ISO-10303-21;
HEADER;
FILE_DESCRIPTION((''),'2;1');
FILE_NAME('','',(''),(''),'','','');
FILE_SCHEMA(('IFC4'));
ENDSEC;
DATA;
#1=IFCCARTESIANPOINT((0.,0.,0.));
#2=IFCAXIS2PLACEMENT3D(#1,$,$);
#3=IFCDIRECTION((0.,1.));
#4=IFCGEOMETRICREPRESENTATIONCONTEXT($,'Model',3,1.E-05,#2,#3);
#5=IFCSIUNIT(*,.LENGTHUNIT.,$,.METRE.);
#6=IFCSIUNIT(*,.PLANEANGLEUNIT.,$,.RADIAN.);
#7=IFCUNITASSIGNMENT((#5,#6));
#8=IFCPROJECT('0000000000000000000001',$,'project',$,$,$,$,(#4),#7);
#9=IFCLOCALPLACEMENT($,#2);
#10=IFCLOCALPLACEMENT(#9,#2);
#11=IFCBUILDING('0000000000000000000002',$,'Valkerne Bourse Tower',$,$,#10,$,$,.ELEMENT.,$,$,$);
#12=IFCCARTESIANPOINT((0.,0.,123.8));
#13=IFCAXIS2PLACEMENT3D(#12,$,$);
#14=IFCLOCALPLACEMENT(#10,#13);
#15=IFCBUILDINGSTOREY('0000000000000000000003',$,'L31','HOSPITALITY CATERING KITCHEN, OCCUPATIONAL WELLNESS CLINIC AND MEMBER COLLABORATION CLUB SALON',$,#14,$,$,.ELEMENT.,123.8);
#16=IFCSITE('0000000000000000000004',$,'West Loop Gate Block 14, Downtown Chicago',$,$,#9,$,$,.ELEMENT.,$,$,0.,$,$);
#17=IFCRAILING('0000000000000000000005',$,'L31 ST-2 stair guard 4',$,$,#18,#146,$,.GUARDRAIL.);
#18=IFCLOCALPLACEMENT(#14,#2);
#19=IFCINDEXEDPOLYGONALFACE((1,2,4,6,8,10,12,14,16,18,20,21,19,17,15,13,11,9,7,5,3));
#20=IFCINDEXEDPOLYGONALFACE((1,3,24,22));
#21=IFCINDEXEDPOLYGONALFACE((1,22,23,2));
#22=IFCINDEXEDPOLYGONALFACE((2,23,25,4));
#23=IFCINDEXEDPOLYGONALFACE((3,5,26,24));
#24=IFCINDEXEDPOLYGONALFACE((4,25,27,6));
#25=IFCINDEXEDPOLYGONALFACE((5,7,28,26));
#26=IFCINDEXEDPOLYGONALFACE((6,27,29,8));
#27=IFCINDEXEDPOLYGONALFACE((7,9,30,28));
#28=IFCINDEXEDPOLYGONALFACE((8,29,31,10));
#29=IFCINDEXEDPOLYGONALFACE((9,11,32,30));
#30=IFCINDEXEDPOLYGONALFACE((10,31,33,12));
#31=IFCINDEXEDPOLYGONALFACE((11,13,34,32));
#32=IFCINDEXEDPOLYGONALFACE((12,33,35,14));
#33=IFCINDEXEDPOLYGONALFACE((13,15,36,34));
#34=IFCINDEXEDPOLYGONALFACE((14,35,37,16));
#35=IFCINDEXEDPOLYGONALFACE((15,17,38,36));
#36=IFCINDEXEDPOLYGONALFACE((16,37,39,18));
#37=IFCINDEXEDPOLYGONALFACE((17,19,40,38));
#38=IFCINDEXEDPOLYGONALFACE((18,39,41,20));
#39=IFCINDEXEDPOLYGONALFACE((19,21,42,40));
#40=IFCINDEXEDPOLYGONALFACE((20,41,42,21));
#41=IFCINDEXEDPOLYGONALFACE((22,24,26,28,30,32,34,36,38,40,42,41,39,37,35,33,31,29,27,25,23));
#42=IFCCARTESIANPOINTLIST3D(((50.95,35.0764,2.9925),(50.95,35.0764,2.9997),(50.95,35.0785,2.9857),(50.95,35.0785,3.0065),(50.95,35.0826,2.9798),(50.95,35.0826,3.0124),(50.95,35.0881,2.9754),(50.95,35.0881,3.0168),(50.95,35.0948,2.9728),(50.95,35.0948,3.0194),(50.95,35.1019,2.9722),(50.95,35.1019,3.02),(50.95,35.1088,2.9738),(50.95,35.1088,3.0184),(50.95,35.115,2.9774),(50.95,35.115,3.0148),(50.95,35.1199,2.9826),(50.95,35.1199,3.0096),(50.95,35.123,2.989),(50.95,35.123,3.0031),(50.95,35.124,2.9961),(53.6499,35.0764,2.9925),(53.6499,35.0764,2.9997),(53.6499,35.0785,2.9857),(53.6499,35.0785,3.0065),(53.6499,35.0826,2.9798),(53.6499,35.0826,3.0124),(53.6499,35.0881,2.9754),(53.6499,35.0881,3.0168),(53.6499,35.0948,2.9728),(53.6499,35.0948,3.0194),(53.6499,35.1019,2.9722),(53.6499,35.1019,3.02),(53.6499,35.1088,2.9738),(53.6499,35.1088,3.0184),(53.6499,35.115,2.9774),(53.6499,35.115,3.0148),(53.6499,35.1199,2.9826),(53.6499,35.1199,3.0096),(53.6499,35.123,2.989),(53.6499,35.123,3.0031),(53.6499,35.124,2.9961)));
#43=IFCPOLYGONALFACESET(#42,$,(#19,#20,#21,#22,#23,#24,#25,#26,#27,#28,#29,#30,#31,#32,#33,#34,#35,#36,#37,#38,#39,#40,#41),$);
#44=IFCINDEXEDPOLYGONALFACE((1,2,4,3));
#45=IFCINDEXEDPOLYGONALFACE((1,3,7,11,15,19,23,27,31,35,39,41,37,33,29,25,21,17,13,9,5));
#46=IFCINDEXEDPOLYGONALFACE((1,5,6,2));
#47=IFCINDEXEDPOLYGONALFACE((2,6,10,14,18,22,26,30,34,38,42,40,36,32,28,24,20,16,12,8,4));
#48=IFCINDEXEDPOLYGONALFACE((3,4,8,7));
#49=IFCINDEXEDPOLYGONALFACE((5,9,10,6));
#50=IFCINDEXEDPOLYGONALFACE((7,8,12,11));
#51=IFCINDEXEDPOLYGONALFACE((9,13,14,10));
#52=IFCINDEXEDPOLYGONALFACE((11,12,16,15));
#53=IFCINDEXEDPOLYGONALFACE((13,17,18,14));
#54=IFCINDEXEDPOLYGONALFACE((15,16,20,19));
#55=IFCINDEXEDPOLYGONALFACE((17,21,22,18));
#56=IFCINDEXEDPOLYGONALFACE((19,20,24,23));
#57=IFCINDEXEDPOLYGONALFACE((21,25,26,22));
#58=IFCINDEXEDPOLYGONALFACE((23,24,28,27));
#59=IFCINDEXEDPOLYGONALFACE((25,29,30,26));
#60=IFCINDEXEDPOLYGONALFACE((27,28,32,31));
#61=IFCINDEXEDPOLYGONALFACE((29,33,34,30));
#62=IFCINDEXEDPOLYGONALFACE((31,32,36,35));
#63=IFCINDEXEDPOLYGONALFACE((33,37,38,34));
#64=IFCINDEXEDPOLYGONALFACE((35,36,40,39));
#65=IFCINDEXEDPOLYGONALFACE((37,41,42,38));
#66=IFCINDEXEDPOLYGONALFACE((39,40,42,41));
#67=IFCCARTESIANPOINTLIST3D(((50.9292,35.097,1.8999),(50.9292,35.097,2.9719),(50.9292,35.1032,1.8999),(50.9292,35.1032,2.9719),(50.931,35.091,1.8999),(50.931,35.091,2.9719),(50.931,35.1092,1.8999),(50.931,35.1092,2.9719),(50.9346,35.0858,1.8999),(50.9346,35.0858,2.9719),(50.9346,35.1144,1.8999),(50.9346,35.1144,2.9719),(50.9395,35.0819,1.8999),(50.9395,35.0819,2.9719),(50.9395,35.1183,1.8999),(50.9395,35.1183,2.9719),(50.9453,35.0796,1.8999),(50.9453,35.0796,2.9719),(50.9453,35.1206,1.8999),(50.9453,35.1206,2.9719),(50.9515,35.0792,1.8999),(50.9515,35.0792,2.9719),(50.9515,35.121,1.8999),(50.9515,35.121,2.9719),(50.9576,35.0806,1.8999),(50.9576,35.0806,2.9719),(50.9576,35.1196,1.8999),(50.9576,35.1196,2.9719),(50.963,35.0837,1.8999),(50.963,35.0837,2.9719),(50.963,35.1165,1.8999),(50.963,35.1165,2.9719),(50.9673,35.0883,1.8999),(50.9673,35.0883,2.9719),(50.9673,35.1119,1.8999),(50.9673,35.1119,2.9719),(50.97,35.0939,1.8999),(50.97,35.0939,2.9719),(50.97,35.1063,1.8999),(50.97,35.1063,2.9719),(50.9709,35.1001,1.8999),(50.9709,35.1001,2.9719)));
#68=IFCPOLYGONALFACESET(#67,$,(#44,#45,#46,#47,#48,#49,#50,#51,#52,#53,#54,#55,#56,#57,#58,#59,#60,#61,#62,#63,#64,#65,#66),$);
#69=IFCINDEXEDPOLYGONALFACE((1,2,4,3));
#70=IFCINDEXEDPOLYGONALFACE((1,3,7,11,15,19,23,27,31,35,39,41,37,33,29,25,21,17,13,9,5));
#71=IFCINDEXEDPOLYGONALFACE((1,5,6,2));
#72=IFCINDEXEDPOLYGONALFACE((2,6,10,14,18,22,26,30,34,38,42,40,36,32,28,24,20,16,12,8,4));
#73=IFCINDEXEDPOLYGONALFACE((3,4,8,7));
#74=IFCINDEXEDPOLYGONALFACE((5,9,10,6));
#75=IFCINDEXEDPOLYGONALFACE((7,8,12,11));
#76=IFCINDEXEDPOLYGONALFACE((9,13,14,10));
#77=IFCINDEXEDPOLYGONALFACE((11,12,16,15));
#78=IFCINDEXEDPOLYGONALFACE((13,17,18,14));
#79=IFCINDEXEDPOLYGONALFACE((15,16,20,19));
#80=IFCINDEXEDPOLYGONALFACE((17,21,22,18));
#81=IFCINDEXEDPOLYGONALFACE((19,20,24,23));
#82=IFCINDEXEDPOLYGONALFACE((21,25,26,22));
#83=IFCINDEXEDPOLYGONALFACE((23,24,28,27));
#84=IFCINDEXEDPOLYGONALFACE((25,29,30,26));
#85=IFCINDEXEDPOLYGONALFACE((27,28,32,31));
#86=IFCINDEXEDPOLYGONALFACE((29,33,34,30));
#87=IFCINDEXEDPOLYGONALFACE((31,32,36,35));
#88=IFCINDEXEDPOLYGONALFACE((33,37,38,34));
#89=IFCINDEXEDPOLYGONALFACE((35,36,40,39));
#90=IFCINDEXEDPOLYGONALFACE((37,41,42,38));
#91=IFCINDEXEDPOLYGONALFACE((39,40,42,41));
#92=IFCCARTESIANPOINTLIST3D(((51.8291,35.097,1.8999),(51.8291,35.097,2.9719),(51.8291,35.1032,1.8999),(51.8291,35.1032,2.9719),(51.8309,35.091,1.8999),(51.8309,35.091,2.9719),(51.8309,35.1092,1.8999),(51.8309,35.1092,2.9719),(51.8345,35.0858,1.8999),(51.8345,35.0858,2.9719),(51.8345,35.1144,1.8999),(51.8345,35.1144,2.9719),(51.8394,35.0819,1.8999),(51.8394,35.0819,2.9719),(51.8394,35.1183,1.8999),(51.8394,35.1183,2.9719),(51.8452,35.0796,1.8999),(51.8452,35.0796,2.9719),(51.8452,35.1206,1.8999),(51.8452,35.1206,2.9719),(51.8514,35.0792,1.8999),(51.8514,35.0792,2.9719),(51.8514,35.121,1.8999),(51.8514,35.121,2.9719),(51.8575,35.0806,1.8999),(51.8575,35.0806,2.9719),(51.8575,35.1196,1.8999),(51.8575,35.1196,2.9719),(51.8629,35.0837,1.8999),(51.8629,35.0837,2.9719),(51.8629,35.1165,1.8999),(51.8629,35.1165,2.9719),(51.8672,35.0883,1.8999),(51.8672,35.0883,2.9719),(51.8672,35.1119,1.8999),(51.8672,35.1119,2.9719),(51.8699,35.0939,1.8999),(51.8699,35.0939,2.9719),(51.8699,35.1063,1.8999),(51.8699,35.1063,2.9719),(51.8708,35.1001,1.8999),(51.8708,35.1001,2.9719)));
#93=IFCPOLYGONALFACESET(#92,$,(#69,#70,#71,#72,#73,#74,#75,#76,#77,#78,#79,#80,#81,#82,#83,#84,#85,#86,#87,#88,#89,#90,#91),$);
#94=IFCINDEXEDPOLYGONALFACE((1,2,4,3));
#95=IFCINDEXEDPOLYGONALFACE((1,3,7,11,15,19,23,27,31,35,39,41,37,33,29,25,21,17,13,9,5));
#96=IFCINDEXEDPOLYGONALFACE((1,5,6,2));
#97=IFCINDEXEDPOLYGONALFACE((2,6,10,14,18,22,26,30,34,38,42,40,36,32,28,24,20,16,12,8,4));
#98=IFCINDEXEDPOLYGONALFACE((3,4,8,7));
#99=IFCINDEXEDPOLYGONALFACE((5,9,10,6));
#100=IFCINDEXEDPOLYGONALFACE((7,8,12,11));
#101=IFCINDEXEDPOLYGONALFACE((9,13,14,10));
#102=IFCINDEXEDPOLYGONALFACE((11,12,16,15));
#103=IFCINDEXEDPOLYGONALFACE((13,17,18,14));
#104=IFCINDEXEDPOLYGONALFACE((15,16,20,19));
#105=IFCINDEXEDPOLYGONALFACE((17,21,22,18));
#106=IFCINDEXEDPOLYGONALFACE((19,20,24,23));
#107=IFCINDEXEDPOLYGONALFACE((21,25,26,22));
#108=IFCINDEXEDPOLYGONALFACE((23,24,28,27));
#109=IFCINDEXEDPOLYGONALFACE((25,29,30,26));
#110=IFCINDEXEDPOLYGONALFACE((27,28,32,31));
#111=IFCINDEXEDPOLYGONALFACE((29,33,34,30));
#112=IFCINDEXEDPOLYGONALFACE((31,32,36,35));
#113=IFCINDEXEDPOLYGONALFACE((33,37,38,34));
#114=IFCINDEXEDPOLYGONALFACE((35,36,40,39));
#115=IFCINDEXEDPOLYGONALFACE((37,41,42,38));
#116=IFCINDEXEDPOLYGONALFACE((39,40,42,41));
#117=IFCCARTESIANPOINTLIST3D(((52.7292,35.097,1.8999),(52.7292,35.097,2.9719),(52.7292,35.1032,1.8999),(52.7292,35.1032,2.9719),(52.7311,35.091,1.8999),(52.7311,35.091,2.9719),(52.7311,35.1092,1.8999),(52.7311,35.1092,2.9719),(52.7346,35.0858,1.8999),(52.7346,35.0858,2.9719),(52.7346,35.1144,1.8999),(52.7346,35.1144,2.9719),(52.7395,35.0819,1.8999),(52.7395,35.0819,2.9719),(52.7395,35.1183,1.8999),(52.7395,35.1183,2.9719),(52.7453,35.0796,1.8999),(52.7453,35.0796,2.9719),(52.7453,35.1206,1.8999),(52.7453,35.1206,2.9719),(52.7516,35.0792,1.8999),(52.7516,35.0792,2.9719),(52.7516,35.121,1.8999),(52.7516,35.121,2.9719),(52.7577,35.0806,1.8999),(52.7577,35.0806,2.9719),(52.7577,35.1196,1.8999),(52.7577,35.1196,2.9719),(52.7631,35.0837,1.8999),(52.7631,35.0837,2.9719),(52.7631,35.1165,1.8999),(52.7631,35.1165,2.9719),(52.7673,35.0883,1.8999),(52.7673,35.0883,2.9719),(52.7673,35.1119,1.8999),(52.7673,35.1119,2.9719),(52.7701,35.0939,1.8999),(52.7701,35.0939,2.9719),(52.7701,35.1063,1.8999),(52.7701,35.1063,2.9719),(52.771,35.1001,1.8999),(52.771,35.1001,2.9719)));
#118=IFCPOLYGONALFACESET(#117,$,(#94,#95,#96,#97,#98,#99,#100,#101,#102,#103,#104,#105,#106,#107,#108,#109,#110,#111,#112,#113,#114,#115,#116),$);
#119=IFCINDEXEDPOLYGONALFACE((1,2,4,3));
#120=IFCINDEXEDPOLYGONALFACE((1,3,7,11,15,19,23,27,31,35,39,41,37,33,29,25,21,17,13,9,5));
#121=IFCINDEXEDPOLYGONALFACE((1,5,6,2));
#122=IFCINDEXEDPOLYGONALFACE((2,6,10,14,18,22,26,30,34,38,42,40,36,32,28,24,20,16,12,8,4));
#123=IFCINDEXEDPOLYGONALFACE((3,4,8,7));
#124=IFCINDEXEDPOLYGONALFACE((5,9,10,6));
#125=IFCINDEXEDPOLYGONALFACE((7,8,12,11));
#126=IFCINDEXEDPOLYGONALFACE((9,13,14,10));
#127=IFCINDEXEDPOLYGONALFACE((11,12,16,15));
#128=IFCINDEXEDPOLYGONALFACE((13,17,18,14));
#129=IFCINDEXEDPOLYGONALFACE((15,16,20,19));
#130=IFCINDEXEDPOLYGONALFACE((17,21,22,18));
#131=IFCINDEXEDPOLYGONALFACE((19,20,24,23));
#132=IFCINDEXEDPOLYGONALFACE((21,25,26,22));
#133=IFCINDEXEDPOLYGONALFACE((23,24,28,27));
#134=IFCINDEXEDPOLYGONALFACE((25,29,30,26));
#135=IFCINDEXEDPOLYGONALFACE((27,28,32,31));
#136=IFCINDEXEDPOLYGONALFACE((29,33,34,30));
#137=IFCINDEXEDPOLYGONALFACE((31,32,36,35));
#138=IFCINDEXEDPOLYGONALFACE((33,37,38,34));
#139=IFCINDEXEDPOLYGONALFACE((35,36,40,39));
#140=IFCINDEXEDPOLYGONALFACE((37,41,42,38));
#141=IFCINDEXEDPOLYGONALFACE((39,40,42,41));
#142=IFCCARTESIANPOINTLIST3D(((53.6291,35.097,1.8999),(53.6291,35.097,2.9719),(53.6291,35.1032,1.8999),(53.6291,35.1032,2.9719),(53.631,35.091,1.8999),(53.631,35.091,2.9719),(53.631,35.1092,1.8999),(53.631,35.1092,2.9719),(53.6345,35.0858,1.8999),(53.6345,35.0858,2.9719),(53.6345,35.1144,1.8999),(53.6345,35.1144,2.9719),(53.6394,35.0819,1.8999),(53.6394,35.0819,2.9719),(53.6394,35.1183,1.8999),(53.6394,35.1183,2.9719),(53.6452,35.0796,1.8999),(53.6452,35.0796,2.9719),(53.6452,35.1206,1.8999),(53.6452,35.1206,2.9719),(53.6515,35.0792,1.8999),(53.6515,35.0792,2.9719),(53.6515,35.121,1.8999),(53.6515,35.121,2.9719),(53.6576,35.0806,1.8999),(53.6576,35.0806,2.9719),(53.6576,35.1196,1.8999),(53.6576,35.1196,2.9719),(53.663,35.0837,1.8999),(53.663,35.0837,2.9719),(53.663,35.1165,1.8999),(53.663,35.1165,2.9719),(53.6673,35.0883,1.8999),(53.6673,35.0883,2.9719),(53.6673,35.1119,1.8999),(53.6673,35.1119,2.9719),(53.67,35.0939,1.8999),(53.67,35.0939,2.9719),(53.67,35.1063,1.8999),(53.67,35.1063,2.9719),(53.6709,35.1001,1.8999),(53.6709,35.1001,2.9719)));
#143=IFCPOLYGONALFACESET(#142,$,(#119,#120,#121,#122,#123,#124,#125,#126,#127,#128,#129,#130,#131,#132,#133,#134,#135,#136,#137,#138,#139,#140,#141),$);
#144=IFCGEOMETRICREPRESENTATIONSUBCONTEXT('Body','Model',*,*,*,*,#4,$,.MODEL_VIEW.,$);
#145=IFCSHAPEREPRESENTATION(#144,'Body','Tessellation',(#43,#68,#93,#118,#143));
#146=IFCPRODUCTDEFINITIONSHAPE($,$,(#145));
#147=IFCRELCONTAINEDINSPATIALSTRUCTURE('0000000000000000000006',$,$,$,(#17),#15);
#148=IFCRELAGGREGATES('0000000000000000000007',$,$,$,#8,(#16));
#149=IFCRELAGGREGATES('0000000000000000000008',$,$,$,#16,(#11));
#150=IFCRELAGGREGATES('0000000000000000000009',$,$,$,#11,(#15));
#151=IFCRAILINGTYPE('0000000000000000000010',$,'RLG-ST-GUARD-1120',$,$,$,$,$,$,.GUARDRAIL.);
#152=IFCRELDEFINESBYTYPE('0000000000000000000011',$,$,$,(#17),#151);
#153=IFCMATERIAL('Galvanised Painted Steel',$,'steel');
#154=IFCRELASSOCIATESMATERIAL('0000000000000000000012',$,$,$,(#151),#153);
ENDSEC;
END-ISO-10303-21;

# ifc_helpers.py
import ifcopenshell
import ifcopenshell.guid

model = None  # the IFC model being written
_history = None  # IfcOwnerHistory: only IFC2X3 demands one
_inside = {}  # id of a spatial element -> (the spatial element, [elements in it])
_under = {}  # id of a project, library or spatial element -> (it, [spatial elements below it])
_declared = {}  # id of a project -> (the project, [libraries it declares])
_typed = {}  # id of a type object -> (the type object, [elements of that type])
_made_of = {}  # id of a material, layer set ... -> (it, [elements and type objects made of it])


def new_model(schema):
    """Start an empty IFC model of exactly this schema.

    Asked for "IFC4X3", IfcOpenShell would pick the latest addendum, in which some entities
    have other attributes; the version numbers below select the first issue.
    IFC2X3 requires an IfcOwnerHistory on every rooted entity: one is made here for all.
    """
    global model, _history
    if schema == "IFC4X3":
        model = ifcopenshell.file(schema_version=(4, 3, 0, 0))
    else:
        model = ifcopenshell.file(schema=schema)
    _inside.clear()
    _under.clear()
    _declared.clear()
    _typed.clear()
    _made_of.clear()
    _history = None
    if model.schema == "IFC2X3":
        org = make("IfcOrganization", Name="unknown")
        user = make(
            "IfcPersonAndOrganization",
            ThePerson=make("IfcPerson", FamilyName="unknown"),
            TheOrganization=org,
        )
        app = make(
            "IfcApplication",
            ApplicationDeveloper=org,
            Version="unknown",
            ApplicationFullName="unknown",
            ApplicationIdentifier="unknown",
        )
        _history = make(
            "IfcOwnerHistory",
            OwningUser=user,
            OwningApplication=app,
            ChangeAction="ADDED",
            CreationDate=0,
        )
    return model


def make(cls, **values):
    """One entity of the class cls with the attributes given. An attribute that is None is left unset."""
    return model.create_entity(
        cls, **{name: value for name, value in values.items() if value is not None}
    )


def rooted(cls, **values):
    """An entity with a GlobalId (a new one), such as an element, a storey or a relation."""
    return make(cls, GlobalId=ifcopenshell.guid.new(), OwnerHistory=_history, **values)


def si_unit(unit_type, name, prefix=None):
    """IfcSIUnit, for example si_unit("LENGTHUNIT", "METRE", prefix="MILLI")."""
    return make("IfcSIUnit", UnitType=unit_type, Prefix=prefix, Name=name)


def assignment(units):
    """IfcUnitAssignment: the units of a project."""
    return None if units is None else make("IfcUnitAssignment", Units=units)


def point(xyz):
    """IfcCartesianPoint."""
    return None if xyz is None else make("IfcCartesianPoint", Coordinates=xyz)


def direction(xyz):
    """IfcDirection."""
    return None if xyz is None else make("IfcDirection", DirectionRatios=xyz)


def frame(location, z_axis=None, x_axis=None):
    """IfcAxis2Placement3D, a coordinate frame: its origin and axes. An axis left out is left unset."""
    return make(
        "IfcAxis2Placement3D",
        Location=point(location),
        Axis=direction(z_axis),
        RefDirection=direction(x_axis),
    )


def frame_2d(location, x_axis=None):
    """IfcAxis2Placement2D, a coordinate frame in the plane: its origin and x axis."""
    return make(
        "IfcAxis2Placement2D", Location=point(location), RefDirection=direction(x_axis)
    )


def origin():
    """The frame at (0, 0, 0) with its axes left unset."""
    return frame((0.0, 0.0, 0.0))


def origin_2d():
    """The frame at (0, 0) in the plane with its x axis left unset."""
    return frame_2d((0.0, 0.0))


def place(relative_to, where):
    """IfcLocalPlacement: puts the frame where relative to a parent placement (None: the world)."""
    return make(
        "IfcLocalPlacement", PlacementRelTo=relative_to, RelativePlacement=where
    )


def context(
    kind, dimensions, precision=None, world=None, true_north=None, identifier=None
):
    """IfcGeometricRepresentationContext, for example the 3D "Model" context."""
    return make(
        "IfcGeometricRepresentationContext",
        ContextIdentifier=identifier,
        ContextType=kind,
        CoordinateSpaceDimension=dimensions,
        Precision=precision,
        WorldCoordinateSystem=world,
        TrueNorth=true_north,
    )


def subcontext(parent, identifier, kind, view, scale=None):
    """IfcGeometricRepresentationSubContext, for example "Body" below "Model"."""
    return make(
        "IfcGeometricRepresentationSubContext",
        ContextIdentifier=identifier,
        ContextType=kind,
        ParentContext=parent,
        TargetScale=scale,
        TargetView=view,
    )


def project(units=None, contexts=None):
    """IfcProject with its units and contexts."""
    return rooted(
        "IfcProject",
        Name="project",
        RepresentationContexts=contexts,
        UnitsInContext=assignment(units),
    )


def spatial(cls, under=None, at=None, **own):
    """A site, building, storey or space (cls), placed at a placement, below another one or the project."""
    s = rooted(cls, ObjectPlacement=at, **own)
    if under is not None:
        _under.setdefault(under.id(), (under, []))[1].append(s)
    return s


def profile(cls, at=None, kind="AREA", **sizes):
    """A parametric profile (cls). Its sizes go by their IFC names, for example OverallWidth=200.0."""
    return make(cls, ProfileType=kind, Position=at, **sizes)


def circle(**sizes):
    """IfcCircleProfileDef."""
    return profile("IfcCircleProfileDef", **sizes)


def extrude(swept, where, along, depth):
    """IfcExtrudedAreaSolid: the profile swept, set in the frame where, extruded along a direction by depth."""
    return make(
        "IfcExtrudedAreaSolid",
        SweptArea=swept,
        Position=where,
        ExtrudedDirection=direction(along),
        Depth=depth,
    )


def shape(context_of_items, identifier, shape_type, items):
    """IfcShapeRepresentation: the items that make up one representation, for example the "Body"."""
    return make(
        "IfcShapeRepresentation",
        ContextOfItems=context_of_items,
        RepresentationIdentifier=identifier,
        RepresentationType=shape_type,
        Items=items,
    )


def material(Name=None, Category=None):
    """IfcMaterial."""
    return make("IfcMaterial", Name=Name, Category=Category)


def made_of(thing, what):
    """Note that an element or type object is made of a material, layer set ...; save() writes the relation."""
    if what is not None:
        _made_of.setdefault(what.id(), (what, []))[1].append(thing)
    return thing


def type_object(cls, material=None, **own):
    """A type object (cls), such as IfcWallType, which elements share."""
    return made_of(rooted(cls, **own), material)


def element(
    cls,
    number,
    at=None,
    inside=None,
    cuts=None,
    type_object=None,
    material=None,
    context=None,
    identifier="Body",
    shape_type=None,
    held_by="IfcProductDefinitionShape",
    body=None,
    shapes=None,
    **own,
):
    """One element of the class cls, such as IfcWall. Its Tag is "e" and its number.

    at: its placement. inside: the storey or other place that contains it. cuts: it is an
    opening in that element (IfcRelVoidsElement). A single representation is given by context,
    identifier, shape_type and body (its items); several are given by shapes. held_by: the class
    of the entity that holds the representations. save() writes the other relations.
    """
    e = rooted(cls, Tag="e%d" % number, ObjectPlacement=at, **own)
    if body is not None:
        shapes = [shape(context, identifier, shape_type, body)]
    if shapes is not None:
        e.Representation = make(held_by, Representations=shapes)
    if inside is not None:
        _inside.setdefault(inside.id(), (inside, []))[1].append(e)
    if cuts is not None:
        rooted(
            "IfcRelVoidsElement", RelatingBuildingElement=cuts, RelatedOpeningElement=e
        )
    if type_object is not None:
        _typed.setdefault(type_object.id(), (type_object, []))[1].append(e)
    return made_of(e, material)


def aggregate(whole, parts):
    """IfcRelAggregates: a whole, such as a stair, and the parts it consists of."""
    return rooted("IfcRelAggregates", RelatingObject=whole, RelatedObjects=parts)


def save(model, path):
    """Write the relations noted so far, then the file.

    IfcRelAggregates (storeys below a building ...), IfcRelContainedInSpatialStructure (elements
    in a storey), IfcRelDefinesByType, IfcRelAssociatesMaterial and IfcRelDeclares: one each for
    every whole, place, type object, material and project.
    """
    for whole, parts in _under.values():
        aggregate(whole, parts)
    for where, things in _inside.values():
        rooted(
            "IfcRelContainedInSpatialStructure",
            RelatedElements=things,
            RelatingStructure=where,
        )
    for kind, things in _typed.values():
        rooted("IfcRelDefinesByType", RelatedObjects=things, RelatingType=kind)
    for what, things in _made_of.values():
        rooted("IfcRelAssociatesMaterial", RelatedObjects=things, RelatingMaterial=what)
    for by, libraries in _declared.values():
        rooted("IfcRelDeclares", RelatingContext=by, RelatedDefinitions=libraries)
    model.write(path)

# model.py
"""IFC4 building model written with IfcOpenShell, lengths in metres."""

from ifc_helpers import new_model, si_unit, direction, frame, origin, origin_2d, place, context, subcontext, project, spatial, circle, extrude, material, type_object, element, save


model = new_model("IFC4")

# Units and contexts
model_context = context("Model", 3, precision=1e-05, world=origin(), true_north=direction((0.0, 1.0)))
body_context = subcontext(model_context, "Body", "Model", "MODEL_VIEW")
ifc_project = project(units=[si_unit("LENGTHUNIT", "METRE"), si_unit("PLANEANGLEUNIT", "RADIAN")], contexts=[model_context])

# Site, building, storey
site_placement = place(None, origin())
site = spatial("IfcSite", under=ifc_project, at=site_placement, Name="West Loop Gate Block 14, Downtown Chicago", CompositionType="ELEMENT", RefElevation=0.0)
building_placement = place(site_placement, origin())
building = spatial("IfcBuilding", under=site, at=building_placement, Name="Valkerne Bourse Tower", CompositionType="ELEMENT")
storey_placement = place(building_placement, frame((0.0, 0.0, 123.8)))
storey = spatial("IfcBuildingStorey", under=building, at=storey_placement, Name="L31", Description="HOSPITALITY CATERING KITCHEN, OCCUPATIONAL WELLNESS CLINIC AND MEMBER COLLABORATION CLUB SALON", CompositionType="ELEMENT", Elevation=123.8)

# Railing
ifc_material_1 = material(Name="Galvanised Painted Steel", Category="steel")
railing_type_1 = type_object("IfcRailingType", Name="RLG-ST-GUARD-1120", PredefinedType="GUARDRAIL", material=ifc_material_1)
railing_1_placement = place(storey_placement, frame((50.95, 35.1001, 1.8999)))
element("IfcRailing", 1, at=railing_1_placement, inside=storey, type_object=railing_type_1, Name="L31 ST-2 stair guard 4", PredefinedType="GUARDRAIL", context=body_context, shape_type="SweptSolid", body=[
    extrude(circle(Radius=0.0239, at=origin_2d()), frame((0.0, 0.0, 1.0962), z_axis=(1.0, 0.0, 0.0), x_axis=(0.0, 1.0, 0.0)), (0.0, 0.0, 1.0), 2.7),
    extrude(circle(Radius=0.021, at=origin_2d()), origin(), (0.0, 0.0, 1.0), 1.072),
    extrude(circle(Radius=0.021, at=origin_2d()), frame((0.8999, 0.0, 0.0)), (0.0, 0.0, 1.0), 1.072),
    extrude(circle(Radius=0.021, at=origin_2d()), frame((1.8, 0.0, 0.0)), (0.0, 0.0, 1.0), 1.072),
    extrude(circle(Radius=0.021, at=origin_2d()), frame((2.7, 0.0, 0.0)), (0.0, 0.0, 1.0), 1.072),
])

save(model, "model.ifc")
